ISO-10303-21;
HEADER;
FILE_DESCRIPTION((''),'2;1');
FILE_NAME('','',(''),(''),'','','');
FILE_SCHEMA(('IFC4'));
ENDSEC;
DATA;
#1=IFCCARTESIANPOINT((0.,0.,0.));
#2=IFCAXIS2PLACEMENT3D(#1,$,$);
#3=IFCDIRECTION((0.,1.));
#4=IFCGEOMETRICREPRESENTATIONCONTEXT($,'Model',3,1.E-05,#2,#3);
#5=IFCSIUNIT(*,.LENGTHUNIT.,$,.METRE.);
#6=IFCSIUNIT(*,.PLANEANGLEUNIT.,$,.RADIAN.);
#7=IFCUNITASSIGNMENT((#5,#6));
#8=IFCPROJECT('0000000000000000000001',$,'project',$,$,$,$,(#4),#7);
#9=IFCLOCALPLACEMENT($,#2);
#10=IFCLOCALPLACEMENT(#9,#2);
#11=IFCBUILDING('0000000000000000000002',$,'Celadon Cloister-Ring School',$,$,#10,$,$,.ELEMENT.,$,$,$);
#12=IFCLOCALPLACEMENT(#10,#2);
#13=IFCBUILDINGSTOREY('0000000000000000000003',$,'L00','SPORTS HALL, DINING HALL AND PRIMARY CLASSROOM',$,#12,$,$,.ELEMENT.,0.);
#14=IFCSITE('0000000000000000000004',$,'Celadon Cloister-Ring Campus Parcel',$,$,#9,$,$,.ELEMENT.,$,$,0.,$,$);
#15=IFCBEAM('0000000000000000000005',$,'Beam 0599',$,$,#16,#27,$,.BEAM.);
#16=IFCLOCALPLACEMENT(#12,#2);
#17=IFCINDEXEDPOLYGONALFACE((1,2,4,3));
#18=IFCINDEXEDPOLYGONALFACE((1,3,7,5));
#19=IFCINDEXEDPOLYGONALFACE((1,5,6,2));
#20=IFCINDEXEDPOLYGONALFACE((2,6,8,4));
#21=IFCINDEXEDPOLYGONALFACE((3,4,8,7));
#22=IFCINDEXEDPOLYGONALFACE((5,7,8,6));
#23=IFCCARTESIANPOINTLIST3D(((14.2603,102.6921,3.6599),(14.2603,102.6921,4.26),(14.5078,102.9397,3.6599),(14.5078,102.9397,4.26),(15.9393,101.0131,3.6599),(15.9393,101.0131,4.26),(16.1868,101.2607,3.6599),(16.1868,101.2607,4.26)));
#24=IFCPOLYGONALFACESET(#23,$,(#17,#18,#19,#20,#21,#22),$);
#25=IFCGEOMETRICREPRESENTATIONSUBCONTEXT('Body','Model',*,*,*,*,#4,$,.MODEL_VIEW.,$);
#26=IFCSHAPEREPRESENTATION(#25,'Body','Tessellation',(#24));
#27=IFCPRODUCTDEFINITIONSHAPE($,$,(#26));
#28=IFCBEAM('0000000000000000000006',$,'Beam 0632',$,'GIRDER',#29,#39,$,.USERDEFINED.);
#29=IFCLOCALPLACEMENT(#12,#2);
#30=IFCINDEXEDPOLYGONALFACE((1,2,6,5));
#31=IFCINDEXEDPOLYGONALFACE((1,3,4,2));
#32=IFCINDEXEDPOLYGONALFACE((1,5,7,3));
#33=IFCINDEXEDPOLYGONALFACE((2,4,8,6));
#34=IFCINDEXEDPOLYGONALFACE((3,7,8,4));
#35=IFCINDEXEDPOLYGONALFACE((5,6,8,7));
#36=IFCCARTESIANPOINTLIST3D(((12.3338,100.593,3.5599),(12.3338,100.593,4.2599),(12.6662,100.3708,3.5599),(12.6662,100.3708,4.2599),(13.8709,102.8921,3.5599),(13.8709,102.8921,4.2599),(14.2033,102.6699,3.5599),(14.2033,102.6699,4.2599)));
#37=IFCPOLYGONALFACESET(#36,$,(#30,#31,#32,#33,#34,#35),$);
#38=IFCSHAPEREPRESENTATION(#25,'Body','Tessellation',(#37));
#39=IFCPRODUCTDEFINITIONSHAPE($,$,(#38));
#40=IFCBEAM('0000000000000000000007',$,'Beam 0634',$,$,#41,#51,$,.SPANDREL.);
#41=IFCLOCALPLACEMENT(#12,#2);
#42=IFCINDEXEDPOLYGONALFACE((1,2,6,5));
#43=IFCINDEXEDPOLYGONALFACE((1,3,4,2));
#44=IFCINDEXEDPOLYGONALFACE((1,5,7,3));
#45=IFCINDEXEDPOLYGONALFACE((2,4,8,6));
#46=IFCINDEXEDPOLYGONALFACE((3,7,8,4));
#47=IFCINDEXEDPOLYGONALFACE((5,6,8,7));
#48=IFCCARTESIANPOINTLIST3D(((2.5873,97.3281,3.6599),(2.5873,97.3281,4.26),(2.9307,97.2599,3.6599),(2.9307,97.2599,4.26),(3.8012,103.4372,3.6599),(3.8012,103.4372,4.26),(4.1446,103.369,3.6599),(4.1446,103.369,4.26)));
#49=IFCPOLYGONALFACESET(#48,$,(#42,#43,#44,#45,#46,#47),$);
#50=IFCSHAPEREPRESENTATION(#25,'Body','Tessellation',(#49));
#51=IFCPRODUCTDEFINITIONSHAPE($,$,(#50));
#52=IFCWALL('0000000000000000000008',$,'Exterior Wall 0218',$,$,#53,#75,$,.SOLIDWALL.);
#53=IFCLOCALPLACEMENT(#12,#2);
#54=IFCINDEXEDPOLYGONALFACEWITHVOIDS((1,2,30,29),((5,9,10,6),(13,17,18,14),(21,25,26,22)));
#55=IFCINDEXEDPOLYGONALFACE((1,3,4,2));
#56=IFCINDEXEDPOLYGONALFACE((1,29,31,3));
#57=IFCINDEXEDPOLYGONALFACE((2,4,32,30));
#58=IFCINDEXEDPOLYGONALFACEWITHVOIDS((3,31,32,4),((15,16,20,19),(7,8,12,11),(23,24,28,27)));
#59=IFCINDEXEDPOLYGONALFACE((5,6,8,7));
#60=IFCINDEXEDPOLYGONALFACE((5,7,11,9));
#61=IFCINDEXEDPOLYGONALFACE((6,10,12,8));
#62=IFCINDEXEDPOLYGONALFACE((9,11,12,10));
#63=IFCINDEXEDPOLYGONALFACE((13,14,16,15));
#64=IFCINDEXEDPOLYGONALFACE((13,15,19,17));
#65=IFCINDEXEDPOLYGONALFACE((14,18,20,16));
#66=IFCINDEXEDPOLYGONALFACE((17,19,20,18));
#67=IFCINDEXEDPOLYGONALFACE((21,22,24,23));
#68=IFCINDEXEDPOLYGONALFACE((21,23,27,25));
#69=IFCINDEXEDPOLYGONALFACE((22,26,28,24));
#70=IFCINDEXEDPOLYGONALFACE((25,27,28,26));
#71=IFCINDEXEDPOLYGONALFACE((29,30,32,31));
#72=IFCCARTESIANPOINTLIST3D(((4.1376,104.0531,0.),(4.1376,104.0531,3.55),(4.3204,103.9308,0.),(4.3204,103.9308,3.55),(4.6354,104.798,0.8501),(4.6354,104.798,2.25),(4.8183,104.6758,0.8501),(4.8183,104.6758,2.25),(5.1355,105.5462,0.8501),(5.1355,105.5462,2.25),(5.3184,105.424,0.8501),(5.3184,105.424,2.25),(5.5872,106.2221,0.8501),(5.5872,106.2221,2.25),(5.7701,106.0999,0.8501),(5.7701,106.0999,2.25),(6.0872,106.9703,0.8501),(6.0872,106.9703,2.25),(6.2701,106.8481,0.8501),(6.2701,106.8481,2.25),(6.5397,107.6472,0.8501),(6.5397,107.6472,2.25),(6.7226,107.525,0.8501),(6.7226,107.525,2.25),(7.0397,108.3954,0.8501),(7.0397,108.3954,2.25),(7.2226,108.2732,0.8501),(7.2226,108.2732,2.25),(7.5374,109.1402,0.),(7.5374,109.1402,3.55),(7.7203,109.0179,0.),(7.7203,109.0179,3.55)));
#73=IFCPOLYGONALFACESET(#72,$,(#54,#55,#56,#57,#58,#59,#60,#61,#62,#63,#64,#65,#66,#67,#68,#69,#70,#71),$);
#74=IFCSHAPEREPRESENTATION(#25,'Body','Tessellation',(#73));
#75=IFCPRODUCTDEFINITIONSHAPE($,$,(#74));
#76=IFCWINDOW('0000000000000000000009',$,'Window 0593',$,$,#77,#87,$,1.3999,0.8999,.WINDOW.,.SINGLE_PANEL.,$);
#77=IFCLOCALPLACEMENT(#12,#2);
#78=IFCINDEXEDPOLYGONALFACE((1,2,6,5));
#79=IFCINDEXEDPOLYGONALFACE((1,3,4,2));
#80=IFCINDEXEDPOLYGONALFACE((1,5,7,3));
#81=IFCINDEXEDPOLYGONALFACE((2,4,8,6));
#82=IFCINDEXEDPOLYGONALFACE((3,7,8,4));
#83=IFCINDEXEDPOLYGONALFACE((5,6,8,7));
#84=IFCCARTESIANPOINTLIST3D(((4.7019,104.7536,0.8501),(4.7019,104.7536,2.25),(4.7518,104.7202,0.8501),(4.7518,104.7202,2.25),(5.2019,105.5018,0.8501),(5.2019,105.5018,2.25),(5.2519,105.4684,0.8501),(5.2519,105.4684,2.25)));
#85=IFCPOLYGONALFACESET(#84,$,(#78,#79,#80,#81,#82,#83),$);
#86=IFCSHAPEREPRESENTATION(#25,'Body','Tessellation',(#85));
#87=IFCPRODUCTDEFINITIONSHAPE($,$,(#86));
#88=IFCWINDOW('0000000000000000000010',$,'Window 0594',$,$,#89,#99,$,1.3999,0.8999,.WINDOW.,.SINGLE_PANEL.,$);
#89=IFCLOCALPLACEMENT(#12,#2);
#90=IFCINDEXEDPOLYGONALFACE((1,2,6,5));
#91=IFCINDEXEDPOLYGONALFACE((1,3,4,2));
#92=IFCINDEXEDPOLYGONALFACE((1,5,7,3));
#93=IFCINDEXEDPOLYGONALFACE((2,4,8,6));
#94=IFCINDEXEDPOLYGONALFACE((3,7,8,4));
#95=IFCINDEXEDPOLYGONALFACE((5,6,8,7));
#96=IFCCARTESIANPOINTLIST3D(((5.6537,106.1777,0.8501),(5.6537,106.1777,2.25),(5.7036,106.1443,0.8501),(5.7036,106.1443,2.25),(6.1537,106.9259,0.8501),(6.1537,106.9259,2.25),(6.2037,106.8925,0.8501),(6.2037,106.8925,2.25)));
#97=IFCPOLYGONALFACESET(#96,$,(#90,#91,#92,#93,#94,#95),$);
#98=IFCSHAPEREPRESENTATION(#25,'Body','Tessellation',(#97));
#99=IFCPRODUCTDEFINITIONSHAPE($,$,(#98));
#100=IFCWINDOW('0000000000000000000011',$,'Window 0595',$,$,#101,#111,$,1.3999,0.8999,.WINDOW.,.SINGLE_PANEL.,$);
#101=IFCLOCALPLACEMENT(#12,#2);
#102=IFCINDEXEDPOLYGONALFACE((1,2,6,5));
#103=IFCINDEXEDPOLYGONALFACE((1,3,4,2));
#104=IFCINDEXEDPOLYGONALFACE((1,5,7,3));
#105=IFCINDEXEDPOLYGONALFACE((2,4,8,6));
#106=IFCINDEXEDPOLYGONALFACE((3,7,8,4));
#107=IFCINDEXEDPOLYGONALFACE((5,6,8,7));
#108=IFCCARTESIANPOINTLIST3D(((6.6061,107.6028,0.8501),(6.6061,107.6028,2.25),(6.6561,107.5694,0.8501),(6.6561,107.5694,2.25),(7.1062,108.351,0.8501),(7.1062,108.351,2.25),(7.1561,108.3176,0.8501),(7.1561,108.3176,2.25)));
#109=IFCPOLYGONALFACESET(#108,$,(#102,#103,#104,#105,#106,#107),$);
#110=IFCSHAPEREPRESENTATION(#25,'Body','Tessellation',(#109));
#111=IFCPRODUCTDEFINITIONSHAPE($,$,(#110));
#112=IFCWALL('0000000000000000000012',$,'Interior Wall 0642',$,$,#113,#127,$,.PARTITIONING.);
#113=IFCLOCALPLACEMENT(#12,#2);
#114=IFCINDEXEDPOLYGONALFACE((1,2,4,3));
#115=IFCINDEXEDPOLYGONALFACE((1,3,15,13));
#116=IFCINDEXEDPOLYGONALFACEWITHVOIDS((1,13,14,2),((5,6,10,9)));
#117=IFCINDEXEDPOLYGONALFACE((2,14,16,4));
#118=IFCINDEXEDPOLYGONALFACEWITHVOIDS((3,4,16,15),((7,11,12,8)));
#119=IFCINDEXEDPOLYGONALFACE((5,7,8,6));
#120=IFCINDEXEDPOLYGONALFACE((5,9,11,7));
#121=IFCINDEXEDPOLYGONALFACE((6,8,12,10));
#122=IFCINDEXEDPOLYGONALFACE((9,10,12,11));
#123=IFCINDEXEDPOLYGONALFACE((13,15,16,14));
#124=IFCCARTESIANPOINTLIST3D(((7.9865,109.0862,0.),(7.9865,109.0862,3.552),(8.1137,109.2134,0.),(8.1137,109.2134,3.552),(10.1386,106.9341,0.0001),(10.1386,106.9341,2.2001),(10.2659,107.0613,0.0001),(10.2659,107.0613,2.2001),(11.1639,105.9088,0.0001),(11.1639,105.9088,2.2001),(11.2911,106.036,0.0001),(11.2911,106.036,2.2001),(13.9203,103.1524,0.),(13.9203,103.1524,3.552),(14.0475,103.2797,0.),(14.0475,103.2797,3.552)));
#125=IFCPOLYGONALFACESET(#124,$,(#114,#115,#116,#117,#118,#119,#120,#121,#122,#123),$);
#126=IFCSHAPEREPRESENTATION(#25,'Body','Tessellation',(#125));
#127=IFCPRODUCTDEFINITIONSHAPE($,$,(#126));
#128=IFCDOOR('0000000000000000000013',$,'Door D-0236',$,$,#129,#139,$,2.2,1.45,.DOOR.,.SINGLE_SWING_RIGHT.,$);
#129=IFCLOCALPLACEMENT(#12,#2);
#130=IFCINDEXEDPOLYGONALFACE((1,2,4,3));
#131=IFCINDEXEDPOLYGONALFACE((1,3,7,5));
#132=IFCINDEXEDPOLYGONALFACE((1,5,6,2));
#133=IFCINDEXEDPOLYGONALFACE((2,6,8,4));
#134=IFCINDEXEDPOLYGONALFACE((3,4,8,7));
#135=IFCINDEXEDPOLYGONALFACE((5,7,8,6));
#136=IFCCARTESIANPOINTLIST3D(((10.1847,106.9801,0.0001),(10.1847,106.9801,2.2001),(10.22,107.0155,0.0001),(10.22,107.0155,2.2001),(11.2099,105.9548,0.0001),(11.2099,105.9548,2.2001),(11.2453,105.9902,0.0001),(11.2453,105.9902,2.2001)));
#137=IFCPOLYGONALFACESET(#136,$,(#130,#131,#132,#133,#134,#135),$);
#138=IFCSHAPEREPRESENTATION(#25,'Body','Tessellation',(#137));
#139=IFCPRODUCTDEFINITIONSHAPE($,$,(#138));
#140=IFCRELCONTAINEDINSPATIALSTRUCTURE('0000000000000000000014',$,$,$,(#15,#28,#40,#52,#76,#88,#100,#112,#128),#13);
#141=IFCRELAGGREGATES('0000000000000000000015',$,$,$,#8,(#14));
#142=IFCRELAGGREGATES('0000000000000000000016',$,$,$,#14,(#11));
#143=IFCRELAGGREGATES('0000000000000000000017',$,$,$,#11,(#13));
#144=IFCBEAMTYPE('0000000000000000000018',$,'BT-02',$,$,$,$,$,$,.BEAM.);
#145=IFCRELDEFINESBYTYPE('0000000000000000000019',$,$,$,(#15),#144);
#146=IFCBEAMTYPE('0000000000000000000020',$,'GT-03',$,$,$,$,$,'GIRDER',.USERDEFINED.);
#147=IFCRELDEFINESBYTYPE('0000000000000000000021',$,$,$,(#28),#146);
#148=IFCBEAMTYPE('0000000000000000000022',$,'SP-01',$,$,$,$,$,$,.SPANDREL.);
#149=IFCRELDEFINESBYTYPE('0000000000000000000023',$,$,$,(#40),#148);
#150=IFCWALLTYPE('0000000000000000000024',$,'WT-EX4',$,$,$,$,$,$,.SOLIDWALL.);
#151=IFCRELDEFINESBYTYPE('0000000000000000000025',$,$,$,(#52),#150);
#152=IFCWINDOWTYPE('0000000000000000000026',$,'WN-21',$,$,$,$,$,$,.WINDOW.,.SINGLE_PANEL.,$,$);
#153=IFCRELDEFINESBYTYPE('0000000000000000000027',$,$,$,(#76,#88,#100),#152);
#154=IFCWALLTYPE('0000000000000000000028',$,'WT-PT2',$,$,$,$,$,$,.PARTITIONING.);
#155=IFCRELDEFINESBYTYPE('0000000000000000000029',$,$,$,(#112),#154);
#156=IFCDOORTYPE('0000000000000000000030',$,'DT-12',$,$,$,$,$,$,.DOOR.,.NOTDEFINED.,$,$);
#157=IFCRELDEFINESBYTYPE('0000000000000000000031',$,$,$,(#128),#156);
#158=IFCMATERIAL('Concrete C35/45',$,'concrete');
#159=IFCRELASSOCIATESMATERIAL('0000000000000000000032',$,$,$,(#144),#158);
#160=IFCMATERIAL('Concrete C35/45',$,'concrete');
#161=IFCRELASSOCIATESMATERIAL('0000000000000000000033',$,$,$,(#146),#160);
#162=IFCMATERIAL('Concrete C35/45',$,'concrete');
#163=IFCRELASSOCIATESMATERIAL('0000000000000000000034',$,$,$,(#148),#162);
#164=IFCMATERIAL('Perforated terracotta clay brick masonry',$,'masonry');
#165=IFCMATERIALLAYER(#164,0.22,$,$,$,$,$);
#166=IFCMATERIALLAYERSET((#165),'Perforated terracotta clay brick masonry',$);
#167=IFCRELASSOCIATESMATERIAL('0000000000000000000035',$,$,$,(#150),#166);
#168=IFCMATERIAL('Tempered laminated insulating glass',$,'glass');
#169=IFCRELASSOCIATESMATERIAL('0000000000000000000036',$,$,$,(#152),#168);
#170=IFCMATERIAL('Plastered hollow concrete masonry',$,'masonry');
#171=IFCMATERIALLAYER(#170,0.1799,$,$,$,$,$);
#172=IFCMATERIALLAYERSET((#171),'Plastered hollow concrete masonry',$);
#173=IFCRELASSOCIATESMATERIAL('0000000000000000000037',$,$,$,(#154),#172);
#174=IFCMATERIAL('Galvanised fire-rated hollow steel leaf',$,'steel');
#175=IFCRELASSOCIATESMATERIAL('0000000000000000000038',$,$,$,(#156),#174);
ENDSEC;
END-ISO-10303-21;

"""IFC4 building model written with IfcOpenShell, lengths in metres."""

from ifc_helpers import new_model, si_unit, direction, frame, frame_2d, origin, origin_2d, place, context, subcontext, project, spatial, rectangle, extrude, material, layer, layer_set, material_profile, profile_set, type_object, element, fill, save


model = new_model("IFC4")

# Units and contexts
model_context = context("Model", 3, precision=1e-05, world=origin(), true_north=direction((0.0, 1.0)))
body_context = subcontext(model_context, "Body", "Model", "MODEL_VIEW")
ifc_project = project(units=[si_unit("LENGTHUNIT", "METRE"), si_unit("PLANEANGLEUNIT", "RADIAN")], contexts=[model_context])

# Site, building, storey
site_placement = place(None, origin())
site = spatial("IfcSite", under=ifc_project, at=site_placement, Name="Celadon Cloister-Ring Campus Parcel", CompositionType="ELEMENT", RefElevation=0.0)
building_placement = place(site_placement, origin())
building = spatial("IfcBuilding", under=site, at=building_placement, Name="Celadon Cloister-Ring School", CompositionType="ELEMENT")
storey_placement = place(building_placement, origin())
storey = spatial("IfcBuildingStorey", under=building, at=storey_placement, Name="L00", Description="SPORTS HALL, DINING HALL AND PRIMARY CLASSROOM", CompositionType="ELEMENT", Elevation=0.0)

# Beams
ifc_material_1 = material(Name="Concrete C35/45", Category="concrete")
ifc_material_profile_1 = material_profile(ifc_material_1, rectangle(XDim=0.3501, YDim=0.6001, at=origin_2d()), Name="RC350X600")
ifc_profile_set_1 = profile_set([ifc_material_profile_1], Name="Concrete C35/45")
beam_type_1 = type_object("IfcBeamType", Name="BT-02", PredefinedType="BEAM", material=ifc_profile_set_1)
beam_1_placement = place(storey_placement, frame((14.384, 102.8159, 3.96), z_axis=(0.707107, -0.707107, 0.0), x_axis=(0.707107, 0.707107, 0.0)))
element("IfcBeam", 1, at=beam_1_placement, inside=storey, type_object=beam_type_1, Name="Beam 0599", PredefinedType="BEAM", context=body_context, shape_type="SweptSolid", body=[
    extrude(rectangle(XDim=0.3501, YDim=0.6001, at=origin_2d()), origin(), (0.0, 0.0, 1.0), 2.3745),
])
ifc_material_2 = material(Name="Concrete C35/45", Category="concrete")
ifc_material_profile_2 = material_profile(ifc_material_2, rectangle(XDim=0.3999, YDim=0.7, at=origin_2d()), Name="RC400X700")
ifc_profile_set_2 = profile_set([ifc_material_profile_2], Name="Concrete C35/45")
beam_type_2 = type_object("IfcBeamType", Name="GT-03", ElementType="GIRDER", PredefinedType="USERDEFINED", material=ifc_profile_set_2)
beam_2_placement = place(storey_placement, frame((14.0371, 102.781, 3.9099), z_axis=(-0.5558, -0.831316, 0.0), x_axis=(0.831316, -0.5558, 0.0)))
element("IfcBeam", 2, at=beam_2_placement, inside=storey, type_object=beam_type_2, Name="Beam 0632", ObjectType="GIRDER", PredefinedType="USERDEFINED", context=body_context, shape_type="SweptSolid", body=[
    extrude(rectangle(XDim=0.3999, YDim=0.7, at=origin_2d()), origin(), (0.0, 0.0, 1.0), 2.7656),
])
ifc_material_3 = material(Name="Concrete C35/45", Category="concrete")
ifc_material_profile_3 = material_profile(ifc_material_3, rectangle(XDim=0.3501, YDim=0.6001, at=origin_2d()), Name="RC350X600")
ifc_profile_set_3 = profile_set([ifc_material_profile_3], Name="Concrete C35/45")
beam_type_3 = type_object("IfcBeamType", Name="SP-01", PredefinedType="SPANDREL", material=ifc_profile_set_3)
beam_3_placement = place(storey_placement, frame((3.9729, 103.4031, 3.96), z_axis=(-0.194887, -0.980826, 0.0), x_axis=(0.980826, -0.194887, 0.0)))
element("IfcBeam", 3, at=beam_3_placement, inside=storey, type_object=beam_type_3, Name="Beam 0634", PredefinedType="SPANDREL", context=body_context, shape_type="SweptSolid", body=[
    extrude(rectangle(XDim=0.3501, YDim=0.6001, at=origin_2d()), origin(), (0.0, 0.0, 1.0), 6.2285),
])

# Wall, openings, windows
ifc_material_4 = material(Name="Perforated terracotta clay brick masonry", Category="masonry")
ifc_layer_1 = layer(ifc_material_4, 0.22)
ifc_layer_set_1 = layer_set([ifc_layer_1], Name="Perforated terracotta clay brick masonry")
wall_type_1 = type_object("IfcWallType", Name="WT-EX4", PredefinedType="SOLIDWALL", material=ifc_layer_set_1)
wall_1_placement = place(storey_placement, frame((4.229, 103.9919, 0.0), z_axis=(0.0, 0.0, 1.0), x_axis=(0.555657, 0.831411, 0.0)))
wall_1 = element("IfcWall", 4, at=wall_1_placement, inside=storey, type_object=wall_type_1, Name="Exterior Wall 0218", PredefinedType="SOLIDWALL", context=body_context, shape_type="SweptSolid", body=[
    extrude(rectangle(XDim=6.1187, YDim=0.22, at=frame_2d((3.0593, 0.0))), origin(), (0.0, 0.0, 1.0), 3.55),
])
opening_1_placement = place(wall_1_placement, frame((0.896, 0.0, 0.8501)))
opening_1 = element("IfcOpeningElement", 5, at=opening_1_placement, cuts=wall_1, PredefinedType="OPENING", context=body_context, shape_type="SweptSolid", body=[
    extrude(rectangle(XDim=0.8999, YDim=1.3999, at=frame_2d((0.45, 0.7))), frame((0.0, 0.1201, 0.0), z_axis=(0.0, -1.0, 0.0), x_axis=(1.0, 0.0, 0.0)), (0.0, 0.0, 1.0), 0.24),
])
opening_2_placement = place(wall_1_placement, frame((2.6089, 0.0, 0.8501)))
opening_2 = element("IfcOpeningElement", 6, at=opening_2_placement, cuts=wall_1, PredefinedType="OPENING", context=body_context, shape_type="SweptSolid", body=[
    extrude(rectangle(XDim=0.8999, YDim=1.3999, at=frame_2d((0.45, 0.7))), frame((0.0, 0.1201, 0.0), z_axis=(0.0, -1.0, 0.0), x_axis=(1.0, 0.0, 0.0)), (0.0, 0.0, 1.0), 0.24),
])
opening_3_placement = place(wall_1_placement, frame((4.323, 0.0, 0.8501)))
opening_3 = element("IfcOpeningElement", 7, at=opening_3_placement, cuts=wall_1, PredefinedType="OPENING", context=body_context, shape_type="SweptSolid", body=[
    extrude(rectangle(XDim=0.8999, YDim=1.3999, at=frame_2d((0.45, 0.7))), frame((0.0, 0.1201, 0.0), z_axis=(0.0, -1.0, 0.0), x_axis=(1.0, 0.0, 0.0)), (0.0, 0.0, 1.0), 0.24),
])
ifc_material_5 = material(Name="Tempered laminated insulating glass", Category="glass")
window_type = type_object("IfcWindowType", Name="WN-21", PartitioningType="SINGLE_PANEL", PredefinedType="WINDOW", material=ifc_material_5)
window_1_placement = place(opening_1_placement, origin())
window_1 = element("IfcWindow", 8, at=window_1_placement, inside=storey, type_object=window_type, Name="Window 0593", OverallHeight=1.3999, OverallWidth=0.8999, PartitioningType="SINGLE_PANEL", PredefinedType="WINDOW", context=body_context, shape_type="SweptSolid", body=[
    extrude(rectangle(XDim=0.8999, YDim=1.3999, at=frame_2d((0.45, 0.7))), frame((0.0, 0.03, 0.0), z_axis=(0.0, -1.0, 0.0), x_axis=(1.0, 0.0, 0.0)), (0.0, 0.0, 1.0), 0.0601),
])
fill(opening_1, window_1)
window_2_placement = place(opening_2_placement, origin())
window_2 = element("IfcWindow", 9, at=window_2_placement, inside=storey, type_object=window_type, Name="Window 0594", OverallHeight=1.3999, OverallWidth=0.8999, PartitioningType="SINGLE_PANEL", PredefinedType="WINDOW", context=body_context, shape_type="SweptSolid", body=[
    extrude(rectangle(XDim=0.8999, YDim=1.3999, at=frame_2d((0.45, 0.7))), frame((0.0, 0.03, 0.0), z_axis=(0.0, -1.0, 0.0), x_axis=(1.0, 0.0, 0.0)), (0.0, 0.0, 1.0), 0.0601),
])
fill(opening_2, window_2)
window_3_placement = place(opening_3_placement, origin())
window_3 = element("IfcWindow", 10, at=window_3_placement, inside=storey, type_object=window_type, Name="Window 0595", OverallHeight=1.3999, OverallWidth=0.8999, PartitioningType="SINGLE_PANEL", PredefinedType="WINDOW", context=body_context, shape_type="SweptSolid", body=[
    extrude(rectangle(XDim=0.8999, YDim=1.3999, at=frame_2d((0.45, 0.7))), frame((0.0, 0.03, 0.0), z_axis=(0.0, -1.0, 0.0), x_axis=(1.0, 0.0, 0.0)), (0.0, 0.0, 1.0), 0.0601),
])
fill(opening_3, window_3)

# Wall, opening, door
ifc_material_6 = material(Name="Plastered hollow concrete masonry", Category="masonry")
ifc_layer_2 = layer(ifc_material_6, 0.1799)
ifc_layer_set_2 = layer_set([ifc_layer_2], Name="Plastered hollow concrete masonry")
wall_type_2 = type_object("IfcWallType", Name="WT-PT2", PredefinedType="PARTITIONING", material=ifc_layer_set_2)
wall_2_placement = place(storey_placement, frame((13.9839, 103.2161, 0.0), z_axis=(0.0, 0.0, 1.0), x_axis=(-0.707107, 0.707107, 0.0)))
wall_2 = element("IfcWall", 11, at=wall_2_placement, inside=storey, type_object=wall_type_2, Name="Interior Wall 0642", PredefinedType="PARTITIONING", context=body_context, shape_type="SweptSolid", body=[
    extrude(rectangle(XDim=8.3916, YDim=0.1799, at=frame_2d((4.1958, 0.0))), origin(), (0.0, 0.0, 1.0), 3.552),
])
opening_4_placement = place(wall_2_placement, frame((3.8979, 0.0, 0.0)))
opening_4 = element("IfcOpeningElement", 12, at=opening_4_placement, cuts=wall_2, PredefinedType="OPENING", context=body_context, shape_type="SweptSolid", body=[
    extrude(rectangle(XDim=1.45, YDim=2.2, at=frame_2d((0.7251, 1.1001))), frame((0.0, 0.1001, 0.0), z_axis=(0.0, -1.0, 0.0), x_axis=(1.0, 0.0, 0.0)), (0.0, 0.0, 1.0), 0.2),
])
ifc_material_7 = material(Name="Galvanised fire-rated hollow steel leaf", Category="steel")
door_type_1 = type_object("IfcDoorType", Name="DT-12", OperationType="NOTDEFINED", PredefinedType="DOOR", material=ifc_material_7)
door_1_placement = place(opening_4_placement, origin())
door_1 = element("IfcDoor", 13, at=door_1_placement, inside=storey, type_object=door_type_1, Name="Door D-0236", OperationType="SINGLE_SWING_RIGHT", OverallHeight=2.2, OverallWidth=1.45, PredefinedType="DOOR", context=body_context, shape_type="SweptSolid", body=[
    extrude(rectangle(XDim=1.45, YDim=2.2, at=frame_2d((0.7251, 1.1001))), frame((0.0, 0.0249, 0.0), z_axis=(0.0, -1.0, 0.0), x_axis=(1.0, 0.0, 0.0)), (0.0, 0.0, 1.0), 0.05),
])
fill(opening_4, door_1)

save(model, "model.ifc")
